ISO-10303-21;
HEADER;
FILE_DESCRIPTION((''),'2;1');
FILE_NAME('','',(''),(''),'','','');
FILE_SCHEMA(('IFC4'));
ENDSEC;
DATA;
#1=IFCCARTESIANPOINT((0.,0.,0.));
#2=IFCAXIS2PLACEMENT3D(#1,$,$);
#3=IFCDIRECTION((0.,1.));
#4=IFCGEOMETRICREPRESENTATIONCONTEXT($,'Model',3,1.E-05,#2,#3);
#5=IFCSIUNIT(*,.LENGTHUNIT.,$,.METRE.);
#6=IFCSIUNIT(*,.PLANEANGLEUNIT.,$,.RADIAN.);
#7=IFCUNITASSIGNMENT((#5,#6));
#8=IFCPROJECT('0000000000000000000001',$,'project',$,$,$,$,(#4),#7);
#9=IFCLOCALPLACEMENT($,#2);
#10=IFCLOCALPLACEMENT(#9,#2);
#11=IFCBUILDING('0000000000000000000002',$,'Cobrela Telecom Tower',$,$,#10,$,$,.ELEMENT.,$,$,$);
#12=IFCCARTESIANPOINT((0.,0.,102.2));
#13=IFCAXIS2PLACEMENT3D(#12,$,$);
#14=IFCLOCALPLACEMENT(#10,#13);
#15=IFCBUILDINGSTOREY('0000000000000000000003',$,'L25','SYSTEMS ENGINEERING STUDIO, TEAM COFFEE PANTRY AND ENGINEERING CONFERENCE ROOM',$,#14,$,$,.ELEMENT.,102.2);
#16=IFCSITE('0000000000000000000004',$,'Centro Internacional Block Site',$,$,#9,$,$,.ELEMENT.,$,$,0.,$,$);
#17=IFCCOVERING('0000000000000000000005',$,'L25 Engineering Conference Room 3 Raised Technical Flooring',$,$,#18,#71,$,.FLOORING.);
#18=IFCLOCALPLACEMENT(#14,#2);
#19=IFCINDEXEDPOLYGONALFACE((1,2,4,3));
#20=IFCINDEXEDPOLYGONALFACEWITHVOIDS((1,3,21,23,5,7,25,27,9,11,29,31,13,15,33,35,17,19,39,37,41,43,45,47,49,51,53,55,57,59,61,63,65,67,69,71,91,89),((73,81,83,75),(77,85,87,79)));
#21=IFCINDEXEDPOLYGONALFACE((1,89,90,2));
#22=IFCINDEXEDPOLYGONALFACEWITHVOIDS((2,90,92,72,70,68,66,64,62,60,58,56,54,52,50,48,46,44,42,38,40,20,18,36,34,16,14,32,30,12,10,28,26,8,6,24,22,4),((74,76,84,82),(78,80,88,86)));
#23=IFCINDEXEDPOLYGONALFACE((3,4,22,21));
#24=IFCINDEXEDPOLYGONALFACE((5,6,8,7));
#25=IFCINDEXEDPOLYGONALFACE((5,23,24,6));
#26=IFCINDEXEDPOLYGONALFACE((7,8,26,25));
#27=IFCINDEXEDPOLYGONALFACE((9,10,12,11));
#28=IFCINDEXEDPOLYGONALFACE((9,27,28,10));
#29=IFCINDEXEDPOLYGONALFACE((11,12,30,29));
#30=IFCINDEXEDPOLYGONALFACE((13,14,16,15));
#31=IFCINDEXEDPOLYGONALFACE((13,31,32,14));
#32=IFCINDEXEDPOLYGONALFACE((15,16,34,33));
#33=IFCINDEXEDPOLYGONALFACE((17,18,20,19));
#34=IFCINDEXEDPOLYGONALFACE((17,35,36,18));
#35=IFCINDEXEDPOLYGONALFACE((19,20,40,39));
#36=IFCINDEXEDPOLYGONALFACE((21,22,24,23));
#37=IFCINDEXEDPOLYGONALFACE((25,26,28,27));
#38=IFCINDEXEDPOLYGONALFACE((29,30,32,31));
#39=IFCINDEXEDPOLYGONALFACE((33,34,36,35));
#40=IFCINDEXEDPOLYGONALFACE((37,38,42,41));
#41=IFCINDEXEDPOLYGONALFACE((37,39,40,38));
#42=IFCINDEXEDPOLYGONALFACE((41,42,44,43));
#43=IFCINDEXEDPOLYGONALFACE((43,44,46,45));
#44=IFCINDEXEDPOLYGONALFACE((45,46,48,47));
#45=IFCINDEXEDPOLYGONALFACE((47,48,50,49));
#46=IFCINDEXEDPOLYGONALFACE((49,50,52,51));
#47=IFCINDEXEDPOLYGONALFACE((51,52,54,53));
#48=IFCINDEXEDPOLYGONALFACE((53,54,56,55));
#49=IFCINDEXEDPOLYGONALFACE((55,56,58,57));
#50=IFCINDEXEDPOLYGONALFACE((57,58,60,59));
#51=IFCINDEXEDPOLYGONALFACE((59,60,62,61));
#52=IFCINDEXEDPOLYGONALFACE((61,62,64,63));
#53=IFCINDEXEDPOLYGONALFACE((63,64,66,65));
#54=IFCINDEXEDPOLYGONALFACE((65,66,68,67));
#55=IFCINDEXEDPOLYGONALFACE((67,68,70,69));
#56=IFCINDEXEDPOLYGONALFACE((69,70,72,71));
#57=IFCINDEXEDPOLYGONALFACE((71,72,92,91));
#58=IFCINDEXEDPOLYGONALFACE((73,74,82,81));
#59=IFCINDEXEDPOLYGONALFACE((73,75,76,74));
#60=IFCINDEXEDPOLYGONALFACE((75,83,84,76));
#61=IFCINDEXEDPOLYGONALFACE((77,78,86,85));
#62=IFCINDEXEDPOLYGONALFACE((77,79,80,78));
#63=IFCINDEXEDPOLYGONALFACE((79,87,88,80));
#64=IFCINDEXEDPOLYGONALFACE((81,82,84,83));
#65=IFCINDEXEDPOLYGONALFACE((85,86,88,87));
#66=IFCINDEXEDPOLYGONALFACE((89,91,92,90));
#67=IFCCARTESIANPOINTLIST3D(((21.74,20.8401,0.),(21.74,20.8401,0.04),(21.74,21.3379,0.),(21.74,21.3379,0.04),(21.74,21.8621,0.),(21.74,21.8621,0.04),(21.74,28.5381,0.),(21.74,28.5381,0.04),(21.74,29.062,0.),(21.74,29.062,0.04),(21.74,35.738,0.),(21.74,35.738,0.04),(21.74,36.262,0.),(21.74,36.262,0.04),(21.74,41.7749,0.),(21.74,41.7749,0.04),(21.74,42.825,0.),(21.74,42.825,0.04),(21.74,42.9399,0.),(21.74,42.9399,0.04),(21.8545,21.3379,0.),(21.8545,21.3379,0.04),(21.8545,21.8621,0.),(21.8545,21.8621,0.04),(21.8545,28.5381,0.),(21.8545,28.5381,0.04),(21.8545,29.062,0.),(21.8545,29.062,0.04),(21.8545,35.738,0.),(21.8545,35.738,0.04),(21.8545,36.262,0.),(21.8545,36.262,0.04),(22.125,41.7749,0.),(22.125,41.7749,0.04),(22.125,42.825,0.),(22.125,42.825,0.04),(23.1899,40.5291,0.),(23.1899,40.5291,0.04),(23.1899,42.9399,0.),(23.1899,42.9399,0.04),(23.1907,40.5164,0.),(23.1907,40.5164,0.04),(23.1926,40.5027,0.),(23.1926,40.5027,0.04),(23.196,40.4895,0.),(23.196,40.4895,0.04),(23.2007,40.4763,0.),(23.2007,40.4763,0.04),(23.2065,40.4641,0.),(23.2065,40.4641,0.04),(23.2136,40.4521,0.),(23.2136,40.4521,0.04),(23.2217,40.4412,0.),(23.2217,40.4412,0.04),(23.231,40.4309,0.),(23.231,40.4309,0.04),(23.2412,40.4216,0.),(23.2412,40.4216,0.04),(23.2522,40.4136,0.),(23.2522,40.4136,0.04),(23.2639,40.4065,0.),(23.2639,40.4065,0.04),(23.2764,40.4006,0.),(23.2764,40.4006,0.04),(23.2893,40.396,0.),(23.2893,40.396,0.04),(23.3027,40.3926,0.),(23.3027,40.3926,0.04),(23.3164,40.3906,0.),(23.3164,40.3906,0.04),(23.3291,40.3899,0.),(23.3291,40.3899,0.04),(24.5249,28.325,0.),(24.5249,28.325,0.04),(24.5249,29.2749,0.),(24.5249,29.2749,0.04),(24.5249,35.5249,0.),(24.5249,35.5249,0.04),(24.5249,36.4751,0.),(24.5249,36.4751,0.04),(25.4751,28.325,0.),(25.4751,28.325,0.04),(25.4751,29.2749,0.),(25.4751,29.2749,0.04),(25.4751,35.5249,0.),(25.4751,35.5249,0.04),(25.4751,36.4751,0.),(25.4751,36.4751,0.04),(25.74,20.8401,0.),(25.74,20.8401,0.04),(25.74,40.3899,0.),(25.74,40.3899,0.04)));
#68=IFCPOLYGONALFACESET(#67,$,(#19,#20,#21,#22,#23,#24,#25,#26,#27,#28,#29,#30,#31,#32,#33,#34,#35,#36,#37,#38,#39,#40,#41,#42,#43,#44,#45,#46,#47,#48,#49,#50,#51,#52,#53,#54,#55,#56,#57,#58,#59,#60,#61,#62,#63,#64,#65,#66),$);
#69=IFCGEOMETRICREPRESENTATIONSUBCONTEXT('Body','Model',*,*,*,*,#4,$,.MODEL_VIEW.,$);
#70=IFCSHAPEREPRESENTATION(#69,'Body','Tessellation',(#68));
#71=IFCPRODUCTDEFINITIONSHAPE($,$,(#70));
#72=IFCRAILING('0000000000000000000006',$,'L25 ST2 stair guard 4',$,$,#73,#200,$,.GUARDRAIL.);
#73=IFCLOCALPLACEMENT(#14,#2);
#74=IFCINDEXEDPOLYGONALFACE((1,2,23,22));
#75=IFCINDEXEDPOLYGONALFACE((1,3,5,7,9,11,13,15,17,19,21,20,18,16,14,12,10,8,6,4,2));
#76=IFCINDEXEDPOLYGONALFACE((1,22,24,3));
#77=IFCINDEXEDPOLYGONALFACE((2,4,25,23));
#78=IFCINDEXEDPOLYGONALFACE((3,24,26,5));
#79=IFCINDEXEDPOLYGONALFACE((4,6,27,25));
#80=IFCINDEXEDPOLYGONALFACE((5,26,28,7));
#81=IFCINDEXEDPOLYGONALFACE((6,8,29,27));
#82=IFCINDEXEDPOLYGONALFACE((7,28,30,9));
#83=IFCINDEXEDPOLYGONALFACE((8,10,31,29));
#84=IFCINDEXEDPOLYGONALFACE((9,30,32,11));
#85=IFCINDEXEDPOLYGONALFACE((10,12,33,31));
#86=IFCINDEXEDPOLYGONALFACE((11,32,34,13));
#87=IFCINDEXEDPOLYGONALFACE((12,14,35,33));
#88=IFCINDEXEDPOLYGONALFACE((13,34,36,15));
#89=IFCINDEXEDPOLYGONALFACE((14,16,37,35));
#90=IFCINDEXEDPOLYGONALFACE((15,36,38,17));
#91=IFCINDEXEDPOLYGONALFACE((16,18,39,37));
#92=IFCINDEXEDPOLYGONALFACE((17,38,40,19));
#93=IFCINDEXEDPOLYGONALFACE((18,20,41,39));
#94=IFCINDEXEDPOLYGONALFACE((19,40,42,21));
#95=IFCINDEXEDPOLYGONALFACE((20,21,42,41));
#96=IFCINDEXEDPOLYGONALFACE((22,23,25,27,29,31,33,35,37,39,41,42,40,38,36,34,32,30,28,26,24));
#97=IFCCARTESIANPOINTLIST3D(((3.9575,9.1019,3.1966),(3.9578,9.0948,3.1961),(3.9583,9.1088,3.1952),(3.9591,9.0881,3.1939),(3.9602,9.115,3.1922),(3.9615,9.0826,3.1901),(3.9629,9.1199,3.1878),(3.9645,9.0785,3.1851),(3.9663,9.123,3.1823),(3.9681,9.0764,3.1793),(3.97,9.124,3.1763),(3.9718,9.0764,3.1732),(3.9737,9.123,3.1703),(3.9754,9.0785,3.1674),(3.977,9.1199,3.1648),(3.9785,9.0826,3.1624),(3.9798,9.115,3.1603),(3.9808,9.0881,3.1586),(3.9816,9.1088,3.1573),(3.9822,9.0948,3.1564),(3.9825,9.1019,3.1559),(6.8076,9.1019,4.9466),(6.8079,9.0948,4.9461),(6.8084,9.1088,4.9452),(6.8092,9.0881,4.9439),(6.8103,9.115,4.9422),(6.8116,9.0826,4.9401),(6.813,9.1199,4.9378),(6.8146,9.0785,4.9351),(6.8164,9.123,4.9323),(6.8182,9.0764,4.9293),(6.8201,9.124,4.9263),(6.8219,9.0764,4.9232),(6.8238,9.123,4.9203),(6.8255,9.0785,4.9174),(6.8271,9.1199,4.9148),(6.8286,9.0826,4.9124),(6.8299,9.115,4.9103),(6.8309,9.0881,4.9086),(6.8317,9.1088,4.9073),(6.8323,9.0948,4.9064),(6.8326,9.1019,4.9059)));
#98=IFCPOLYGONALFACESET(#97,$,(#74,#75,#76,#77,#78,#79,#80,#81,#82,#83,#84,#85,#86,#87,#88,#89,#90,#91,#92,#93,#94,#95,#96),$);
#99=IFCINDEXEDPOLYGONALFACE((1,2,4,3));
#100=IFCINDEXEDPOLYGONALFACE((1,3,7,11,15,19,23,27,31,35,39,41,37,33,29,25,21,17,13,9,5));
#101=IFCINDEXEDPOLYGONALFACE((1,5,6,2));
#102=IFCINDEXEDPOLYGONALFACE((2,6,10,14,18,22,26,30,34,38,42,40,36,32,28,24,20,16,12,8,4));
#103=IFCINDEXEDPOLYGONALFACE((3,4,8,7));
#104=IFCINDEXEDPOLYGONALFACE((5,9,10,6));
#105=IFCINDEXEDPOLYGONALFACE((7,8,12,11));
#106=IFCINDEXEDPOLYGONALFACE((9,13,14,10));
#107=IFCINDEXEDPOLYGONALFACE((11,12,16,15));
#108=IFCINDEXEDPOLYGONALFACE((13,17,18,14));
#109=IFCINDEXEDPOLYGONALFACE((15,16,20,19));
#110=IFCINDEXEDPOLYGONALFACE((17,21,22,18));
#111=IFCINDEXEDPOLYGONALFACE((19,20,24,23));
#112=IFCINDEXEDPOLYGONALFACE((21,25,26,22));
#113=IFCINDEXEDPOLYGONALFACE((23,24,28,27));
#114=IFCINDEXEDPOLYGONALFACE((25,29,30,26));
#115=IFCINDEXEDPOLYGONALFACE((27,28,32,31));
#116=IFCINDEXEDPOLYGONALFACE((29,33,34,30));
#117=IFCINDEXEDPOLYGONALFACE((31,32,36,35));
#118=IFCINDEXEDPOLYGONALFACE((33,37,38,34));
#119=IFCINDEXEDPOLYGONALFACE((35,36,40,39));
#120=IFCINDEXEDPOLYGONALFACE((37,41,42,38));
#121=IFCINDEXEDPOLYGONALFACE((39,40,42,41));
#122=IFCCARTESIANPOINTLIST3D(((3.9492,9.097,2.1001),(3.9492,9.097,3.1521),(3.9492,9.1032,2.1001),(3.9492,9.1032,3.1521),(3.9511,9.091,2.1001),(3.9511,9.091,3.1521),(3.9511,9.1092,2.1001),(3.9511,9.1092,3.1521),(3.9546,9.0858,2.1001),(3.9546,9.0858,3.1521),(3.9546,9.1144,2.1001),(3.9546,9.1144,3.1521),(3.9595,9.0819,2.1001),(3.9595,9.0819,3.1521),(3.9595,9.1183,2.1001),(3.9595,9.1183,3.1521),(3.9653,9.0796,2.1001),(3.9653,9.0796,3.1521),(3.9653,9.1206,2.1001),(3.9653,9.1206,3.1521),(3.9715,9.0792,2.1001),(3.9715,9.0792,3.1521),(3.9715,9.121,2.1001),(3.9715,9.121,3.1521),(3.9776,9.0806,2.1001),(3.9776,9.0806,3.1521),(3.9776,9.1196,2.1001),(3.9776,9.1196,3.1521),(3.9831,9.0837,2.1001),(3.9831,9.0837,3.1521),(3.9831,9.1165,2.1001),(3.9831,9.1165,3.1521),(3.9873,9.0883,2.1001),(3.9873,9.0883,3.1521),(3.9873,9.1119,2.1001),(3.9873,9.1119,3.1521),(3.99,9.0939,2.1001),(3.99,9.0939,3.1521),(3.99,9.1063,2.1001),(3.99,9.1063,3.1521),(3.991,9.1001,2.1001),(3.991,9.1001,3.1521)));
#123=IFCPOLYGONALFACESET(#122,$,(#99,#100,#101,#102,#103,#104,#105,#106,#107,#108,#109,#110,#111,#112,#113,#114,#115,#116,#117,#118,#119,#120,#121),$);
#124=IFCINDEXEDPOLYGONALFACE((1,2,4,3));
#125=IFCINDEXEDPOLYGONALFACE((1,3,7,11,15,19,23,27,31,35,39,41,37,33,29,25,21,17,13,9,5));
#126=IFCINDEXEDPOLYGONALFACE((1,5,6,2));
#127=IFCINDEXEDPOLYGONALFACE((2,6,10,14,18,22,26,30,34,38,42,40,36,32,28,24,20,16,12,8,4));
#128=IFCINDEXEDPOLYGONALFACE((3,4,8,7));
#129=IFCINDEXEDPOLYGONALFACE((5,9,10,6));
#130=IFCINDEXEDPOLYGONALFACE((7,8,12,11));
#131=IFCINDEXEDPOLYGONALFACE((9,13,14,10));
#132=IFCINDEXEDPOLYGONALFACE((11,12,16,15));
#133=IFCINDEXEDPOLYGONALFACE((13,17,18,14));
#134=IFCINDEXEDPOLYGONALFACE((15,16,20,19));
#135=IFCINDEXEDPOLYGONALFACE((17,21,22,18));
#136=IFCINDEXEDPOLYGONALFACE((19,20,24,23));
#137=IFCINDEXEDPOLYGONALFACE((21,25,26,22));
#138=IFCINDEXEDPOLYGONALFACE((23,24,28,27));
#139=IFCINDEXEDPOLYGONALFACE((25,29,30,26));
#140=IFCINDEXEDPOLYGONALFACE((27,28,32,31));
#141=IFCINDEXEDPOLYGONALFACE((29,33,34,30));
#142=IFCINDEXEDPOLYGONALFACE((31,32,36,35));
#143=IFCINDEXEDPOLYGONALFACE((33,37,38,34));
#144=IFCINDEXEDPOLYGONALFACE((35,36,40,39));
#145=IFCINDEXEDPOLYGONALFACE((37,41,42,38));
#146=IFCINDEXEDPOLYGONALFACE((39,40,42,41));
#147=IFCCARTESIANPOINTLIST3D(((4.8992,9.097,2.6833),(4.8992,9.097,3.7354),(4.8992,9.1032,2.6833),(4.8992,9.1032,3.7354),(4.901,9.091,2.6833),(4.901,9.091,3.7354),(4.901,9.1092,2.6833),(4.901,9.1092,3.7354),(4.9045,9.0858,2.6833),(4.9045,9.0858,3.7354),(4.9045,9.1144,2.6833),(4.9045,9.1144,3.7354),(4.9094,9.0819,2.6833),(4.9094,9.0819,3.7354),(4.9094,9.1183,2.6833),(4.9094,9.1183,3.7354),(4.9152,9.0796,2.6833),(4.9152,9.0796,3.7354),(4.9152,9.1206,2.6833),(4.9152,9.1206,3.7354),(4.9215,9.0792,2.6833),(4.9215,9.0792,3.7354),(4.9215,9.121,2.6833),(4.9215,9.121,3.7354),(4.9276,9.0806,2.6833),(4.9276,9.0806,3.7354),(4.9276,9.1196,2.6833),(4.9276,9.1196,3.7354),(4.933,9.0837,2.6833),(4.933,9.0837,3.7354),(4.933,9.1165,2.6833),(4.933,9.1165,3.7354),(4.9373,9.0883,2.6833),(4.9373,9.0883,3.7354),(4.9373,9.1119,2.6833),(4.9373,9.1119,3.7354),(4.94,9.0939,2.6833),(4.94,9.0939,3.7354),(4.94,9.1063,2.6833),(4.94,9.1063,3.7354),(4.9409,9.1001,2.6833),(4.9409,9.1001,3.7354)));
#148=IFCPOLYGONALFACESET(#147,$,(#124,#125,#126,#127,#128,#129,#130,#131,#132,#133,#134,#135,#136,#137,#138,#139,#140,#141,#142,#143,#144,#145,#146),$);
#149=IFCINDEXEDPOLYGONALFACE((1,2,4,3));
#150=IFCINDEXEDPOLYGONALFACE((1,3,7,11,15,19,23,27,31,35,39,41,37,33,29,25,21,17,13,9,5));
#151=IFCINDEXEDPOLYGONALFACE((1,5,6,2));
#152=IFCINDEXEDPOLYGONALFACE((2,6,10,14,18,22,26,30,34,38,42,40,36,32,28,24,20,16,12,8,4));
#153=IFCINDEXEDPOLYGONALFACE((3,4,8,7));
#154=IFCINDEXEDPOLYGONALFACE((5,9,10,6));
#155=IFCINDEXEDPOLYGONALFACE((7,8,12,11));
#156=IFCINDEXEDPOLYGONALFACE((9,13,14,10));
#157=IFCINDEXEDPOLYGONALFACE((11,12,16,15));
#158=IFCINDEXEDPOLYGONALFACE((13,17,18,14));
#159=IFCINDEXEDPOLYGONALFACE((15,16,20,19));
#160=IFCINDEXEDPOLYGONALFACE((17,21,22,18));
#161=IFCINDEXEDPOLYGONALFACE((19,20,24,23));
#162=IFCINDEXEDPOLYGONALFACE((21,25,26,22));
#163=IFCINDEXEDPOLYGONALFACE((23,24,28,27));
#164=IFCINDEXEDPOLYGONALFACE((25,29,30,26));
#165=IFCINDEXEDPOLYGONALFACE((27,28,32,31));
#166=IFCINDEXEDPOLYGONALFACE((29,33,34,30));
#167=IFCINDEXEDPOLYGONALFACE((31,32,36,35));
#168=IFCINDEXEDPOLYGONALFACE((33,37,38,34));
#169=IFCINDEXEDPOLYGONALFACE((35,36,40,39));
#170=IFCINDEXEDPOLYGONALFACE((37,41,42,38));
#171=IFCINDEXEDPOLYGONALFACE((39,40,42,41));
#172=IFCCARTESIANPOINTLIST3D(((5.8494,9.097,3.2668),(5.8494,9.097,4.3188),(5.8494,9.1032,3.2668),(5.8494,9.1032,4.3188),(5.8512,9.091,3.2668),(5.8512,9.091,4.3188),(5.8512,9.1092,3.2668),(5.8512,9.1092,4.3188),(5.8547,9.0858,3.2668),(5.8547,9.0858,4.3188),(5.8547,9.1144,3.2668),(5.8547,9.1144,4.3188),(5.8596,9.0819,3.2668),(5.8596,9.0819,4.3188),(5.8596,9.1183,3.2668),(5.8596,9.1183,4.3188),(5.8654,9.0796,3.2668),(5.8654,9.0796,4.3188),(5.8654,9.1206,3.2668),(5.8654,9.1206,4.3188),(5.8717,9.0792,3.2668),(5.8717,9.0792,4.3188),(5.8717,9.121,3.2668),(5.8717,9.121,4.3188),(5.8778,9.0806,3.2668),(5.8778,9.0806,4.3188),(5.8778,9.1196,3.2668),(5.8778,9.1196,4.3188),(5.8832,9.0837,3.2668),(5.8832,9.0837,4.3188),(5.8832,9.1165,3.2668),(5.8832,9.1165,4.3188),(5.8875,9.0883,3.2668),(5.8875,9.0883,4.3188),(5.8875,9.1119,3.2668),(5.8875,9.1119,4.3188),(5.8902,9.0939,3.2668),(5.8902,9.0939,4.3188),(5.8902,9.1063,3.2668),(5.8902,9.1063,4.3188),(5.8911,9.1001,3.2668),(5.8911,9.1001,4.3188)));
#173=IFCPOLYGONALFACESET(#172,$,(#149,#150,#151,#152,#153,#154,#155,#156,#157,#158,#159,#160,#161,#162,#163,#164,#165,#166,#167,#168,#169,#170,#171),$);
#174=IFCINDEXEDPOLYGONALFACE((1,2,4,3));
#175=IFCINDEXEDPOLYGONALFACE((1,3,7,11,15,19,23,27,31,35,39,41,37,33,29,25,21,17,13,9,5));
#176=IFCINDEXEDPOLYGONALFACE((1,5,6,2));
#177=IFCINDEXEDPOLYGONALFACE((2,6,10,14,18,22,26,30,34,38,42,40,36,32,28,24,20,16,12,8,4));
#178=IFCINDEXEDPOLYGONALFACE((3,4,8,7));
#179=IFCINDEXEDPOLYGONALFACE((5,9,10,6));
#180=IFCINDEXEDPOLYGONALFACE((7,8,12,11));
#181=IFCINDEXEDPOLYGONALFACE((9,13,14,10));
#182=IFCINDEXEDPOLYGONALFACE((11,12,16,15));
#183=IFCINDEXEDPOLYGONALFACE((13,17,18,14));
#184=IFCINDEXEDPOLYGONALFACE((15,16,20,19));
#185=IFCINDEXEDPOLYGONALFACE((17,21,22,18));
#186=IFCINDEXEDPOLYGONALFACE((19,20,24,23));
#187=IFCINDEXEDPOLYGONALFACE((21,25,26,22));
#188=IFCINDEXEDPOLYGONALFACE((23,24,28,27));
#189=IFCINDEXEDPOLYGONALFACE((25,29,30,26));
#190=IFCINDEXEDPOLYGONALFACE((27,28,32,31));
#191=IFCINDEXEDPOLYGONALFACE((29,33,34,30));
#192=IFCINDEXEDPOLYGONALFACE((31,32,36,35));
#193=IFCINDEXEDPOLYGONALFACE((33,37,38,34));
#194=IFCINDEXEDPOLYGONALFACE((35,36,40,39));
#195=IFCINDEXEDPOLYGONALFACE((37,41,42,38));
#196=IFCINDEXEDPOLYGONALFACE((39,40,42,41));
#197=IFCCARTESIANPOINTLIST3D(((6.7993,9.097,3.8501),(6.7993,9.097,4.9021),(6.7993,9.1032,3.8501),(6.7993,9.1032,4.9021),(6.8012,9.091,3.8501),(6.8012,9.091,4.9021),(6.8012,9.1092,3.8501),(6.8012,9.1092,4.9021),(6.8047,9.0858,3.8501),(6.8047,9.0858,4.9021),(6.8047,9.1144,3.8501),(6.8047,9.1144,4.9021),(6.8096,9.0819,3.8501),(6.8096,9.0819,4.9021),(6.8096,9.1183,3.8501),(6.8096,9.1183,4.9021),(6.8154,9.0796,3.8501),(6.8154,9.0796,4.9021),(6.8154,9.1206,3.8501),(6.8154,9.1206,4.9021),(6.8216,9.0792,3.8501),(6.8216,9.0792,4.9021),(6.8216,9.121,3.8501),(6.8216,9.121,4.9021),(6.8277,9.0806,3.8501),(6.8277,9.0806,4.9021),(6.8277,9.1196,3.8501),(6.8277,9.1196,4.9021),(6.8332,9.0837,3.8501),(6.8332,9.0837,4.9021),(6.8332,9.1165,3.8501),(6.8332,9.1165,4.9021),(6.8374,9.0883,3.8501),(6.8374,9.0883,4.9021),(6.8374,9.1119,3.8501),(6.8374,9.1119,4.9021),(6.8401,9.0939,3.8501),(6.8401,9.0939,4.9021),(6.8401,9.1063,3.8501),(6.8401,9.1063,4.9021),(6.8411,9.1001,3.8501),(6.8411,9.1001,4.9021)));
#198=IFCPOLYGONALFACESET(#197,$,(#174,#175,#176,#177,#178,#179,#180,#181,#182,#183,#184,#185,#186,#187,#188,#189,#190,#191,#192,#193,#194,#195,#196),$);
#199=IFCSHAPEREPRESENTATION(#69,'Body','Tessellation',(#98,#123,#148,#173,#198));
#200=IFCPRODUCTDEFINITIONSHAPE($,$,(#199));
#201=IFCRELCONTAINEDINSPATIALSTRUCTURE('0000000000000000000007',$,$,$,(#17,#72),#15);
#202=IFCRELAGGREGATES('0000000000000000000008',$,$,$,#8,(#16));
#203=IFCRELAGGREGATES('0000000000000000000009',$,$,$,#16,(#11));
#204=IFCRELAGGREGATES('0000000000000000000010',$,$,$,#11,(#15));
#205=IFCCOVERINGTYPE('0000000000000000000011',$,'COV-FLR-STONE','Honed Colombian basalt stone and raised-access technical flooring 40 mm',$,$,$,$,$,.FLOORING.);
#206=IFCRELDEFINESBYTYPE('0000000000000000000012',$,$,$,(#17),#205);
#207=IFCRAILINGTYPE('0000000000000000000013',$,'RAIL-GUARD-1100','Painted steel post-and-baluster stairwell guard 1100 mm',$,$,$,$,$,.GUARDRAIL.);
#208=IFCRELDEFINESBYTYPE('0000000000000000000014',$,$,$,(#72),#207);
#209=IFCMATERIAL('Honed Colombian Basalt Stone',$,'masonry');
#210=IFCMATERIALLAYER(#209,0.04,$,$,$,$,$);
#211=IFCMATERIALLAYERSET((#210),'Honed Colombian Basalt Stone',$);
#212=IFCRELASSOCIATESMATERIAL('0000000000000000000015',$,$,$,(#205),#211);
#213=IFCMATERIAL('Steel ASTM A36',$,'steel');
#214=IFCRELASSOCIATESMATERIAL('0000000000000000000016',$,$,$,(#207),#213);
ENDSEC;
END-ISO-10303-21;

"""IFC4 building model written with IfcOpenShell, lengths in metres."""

from ifc_helpers import new_model, si_unit, direction, frame, origin, origin_2d, place, context, subcontext, project, spatial, polyline, circle, outline, extrude, material, layer, layer_set, type_object, element, save


model = new_model("IFC4")

# Units and contexts
model_context = context("Model", 3, precision=1e-05, world=origin(), true_north=direction((0.0, 1.0)))
body_context = subcontext(model_context, "Body", "Model", "MODEL_VIEW")
ifc_project = project(units=[si_unit("LENGTHUNIT", "METRE"), si_unit("PLANEANGLEUNIT", "RADIAN")], contexts=[model_context])

# Site, building, storey
site_placement = place(None, origin())
site = spatial("IfcSite", under=ifc_project, at=site_placement, Name="Centro Internacional Block Site", CompositionType="ELEMENT", RefElevation=0.0)
building_placement = place(site_placement, origin())
building = spatial("IfcBuilding", under=site, at=building_placement, Name="Cobrela Telecom Tower", CompositionType="ELEMENT")
storey_placement = place(building_placement, frame((0.0, 0.0, 102.2)))
storey = spatial("IfcBuildingStorey", under=building, at=storey_placement, Name="L25", Description="SYSTEMS ENGINEERING STUDIO, TEAM COFFEE PANTRY AND ENGINEERING CONFERENCE ROOM", CompositionType="ELEMENT", Elevation=102.2)

# Covering
ifc_material_1 = material(Name="Honed Colombian Basalt Stone", Category="masonry")
ifc_layer_1 = layer(ifc_material_1, 0.04)
ifc_layer_set_1 = layer_set([ifc_layer_1], Name="Honed Colombian Basalt Stone")
covering_type_1 = type_object("IfcCoveringType", Name="COV-FLR-STONE", Description="Honed Colombian basalt stone and raised-access technical flooring 40 mm", PredefinedType="FLOORING", material=ifc_layer_set_1)
covering_1_placement = place(storey_placement, origin())
element("IfcCovering", 1, at=covering_1_placement, inside=storey, type_object=covering_type_1, Name="L25 Engineering Conference Room 3 Raised Technical Flooring", PredefinedType="FLOORING", context=body_context, shape_type="SweptSolid", body=[
    extrude(outline(polyline([(21.8545, 21.3379), (21.8545, 21.8621), (21.74, 21.8621), (21.74, 28.5381), (21.8545, 28.5381), (21.8545, 29.062), (21.74, 29.062), (21.74, 35.738), (21.8545, 35.738), (21.8545, 36.262), (21.74, 36.262), (21.74, 41.7749), (22.125, 41.7749), (22.125, 42.825), (21.74, 42.825), (21.74, 42.9399), (23.1899, 42.9399), (23.1899, 40.5291), (23.1907, 40.5164), (23.1926, 40.5027), (23.196, 40.4895), (23.2007, 40.4763), (23.2065, 40.4641), (23.2136, 40.4521), (23.2217, 40.4412), (23.231, 40.4309), (23.2412, 40.4216), (23.2522, 40.4136), (23.2639, 40.4065), (23.2764, 40.4006), (23.2893, 40.396), (23.3027, 40.3926), (23.3164, 40.3906), (23.3291, 40.3899), (25.74, 40.3899), (25.74, 20.8401), (21.74, 20.8401), (21.74, 21.3379), (21.8545, 21.3379)]), holes=[polyline([(25.4751, 28.325), (25.4751, 29.2749), (24.5249, 29.2749), (24.5249, 28.325), (25.4751, 28.325)]), polyline([(25.4751, 35.5249), (25.4751, 36.4751), (24.5249, 36.4751), (24.5249, 35.5249), (25.4751, 35.5249)])]), origin(), (0.0, 0.0, 1.0), 0.04),
])

# Railing
ifc_material_2 = material(Name="Steel ASTM A36", Category="steel")
railing_type_1 = type_object("IfcRailingType", Name="RAIL-GUARD-1100", Description="Painted steel post-and-baluster stairwell guard 1100 mm", PredefinedType="GUARDRAIL", material=ifc_material_2)
railing_1_placement = place(storey_placement, frame((3.97, 9.1001, 2.1001)))
element("IfcRailing", 2, at=railing_1_placement, inside=storey, type_object=railing_type_1, Name="L25 ST2 stair guard 4", PredefinedType="GUARDRAIL", context=body_context, shape_type="SweptSolid", body=[
    extrude(circle(Radius=0.0239, at=origin_2d()), frame((0.0, 0.0, 1.0762), z_axis=(0.852179, 0.0, 0.52325), x_axis=(0.0, 1.0, 0.0)), (0.0, 0.0, 1.0), 3.3445),
    extrude(circle(Radius=0.021, at=origin_2d()), origin(), (0.0, 0.0, 1.0), 1.052),
    extrude(circle(Radius=0.021, at=origin_2d()), frame((0.95, 0.0, 0.5833)), (0.0, 0.0, 1.0), 1.052),
    extrude(circle(Radius=0.021, at=origin_2d()), frame((1.9001, 0.0, 1.1667)), (0.0, 0.0, 1.0), 1.052),
    extrude(circle(Radius=0.021, at=origin_2d()), frame((2.8501, 0.0, 1.75)), (0.0, 0.0, 1.0), 1.052),
])

save(model, "model.ifc")
